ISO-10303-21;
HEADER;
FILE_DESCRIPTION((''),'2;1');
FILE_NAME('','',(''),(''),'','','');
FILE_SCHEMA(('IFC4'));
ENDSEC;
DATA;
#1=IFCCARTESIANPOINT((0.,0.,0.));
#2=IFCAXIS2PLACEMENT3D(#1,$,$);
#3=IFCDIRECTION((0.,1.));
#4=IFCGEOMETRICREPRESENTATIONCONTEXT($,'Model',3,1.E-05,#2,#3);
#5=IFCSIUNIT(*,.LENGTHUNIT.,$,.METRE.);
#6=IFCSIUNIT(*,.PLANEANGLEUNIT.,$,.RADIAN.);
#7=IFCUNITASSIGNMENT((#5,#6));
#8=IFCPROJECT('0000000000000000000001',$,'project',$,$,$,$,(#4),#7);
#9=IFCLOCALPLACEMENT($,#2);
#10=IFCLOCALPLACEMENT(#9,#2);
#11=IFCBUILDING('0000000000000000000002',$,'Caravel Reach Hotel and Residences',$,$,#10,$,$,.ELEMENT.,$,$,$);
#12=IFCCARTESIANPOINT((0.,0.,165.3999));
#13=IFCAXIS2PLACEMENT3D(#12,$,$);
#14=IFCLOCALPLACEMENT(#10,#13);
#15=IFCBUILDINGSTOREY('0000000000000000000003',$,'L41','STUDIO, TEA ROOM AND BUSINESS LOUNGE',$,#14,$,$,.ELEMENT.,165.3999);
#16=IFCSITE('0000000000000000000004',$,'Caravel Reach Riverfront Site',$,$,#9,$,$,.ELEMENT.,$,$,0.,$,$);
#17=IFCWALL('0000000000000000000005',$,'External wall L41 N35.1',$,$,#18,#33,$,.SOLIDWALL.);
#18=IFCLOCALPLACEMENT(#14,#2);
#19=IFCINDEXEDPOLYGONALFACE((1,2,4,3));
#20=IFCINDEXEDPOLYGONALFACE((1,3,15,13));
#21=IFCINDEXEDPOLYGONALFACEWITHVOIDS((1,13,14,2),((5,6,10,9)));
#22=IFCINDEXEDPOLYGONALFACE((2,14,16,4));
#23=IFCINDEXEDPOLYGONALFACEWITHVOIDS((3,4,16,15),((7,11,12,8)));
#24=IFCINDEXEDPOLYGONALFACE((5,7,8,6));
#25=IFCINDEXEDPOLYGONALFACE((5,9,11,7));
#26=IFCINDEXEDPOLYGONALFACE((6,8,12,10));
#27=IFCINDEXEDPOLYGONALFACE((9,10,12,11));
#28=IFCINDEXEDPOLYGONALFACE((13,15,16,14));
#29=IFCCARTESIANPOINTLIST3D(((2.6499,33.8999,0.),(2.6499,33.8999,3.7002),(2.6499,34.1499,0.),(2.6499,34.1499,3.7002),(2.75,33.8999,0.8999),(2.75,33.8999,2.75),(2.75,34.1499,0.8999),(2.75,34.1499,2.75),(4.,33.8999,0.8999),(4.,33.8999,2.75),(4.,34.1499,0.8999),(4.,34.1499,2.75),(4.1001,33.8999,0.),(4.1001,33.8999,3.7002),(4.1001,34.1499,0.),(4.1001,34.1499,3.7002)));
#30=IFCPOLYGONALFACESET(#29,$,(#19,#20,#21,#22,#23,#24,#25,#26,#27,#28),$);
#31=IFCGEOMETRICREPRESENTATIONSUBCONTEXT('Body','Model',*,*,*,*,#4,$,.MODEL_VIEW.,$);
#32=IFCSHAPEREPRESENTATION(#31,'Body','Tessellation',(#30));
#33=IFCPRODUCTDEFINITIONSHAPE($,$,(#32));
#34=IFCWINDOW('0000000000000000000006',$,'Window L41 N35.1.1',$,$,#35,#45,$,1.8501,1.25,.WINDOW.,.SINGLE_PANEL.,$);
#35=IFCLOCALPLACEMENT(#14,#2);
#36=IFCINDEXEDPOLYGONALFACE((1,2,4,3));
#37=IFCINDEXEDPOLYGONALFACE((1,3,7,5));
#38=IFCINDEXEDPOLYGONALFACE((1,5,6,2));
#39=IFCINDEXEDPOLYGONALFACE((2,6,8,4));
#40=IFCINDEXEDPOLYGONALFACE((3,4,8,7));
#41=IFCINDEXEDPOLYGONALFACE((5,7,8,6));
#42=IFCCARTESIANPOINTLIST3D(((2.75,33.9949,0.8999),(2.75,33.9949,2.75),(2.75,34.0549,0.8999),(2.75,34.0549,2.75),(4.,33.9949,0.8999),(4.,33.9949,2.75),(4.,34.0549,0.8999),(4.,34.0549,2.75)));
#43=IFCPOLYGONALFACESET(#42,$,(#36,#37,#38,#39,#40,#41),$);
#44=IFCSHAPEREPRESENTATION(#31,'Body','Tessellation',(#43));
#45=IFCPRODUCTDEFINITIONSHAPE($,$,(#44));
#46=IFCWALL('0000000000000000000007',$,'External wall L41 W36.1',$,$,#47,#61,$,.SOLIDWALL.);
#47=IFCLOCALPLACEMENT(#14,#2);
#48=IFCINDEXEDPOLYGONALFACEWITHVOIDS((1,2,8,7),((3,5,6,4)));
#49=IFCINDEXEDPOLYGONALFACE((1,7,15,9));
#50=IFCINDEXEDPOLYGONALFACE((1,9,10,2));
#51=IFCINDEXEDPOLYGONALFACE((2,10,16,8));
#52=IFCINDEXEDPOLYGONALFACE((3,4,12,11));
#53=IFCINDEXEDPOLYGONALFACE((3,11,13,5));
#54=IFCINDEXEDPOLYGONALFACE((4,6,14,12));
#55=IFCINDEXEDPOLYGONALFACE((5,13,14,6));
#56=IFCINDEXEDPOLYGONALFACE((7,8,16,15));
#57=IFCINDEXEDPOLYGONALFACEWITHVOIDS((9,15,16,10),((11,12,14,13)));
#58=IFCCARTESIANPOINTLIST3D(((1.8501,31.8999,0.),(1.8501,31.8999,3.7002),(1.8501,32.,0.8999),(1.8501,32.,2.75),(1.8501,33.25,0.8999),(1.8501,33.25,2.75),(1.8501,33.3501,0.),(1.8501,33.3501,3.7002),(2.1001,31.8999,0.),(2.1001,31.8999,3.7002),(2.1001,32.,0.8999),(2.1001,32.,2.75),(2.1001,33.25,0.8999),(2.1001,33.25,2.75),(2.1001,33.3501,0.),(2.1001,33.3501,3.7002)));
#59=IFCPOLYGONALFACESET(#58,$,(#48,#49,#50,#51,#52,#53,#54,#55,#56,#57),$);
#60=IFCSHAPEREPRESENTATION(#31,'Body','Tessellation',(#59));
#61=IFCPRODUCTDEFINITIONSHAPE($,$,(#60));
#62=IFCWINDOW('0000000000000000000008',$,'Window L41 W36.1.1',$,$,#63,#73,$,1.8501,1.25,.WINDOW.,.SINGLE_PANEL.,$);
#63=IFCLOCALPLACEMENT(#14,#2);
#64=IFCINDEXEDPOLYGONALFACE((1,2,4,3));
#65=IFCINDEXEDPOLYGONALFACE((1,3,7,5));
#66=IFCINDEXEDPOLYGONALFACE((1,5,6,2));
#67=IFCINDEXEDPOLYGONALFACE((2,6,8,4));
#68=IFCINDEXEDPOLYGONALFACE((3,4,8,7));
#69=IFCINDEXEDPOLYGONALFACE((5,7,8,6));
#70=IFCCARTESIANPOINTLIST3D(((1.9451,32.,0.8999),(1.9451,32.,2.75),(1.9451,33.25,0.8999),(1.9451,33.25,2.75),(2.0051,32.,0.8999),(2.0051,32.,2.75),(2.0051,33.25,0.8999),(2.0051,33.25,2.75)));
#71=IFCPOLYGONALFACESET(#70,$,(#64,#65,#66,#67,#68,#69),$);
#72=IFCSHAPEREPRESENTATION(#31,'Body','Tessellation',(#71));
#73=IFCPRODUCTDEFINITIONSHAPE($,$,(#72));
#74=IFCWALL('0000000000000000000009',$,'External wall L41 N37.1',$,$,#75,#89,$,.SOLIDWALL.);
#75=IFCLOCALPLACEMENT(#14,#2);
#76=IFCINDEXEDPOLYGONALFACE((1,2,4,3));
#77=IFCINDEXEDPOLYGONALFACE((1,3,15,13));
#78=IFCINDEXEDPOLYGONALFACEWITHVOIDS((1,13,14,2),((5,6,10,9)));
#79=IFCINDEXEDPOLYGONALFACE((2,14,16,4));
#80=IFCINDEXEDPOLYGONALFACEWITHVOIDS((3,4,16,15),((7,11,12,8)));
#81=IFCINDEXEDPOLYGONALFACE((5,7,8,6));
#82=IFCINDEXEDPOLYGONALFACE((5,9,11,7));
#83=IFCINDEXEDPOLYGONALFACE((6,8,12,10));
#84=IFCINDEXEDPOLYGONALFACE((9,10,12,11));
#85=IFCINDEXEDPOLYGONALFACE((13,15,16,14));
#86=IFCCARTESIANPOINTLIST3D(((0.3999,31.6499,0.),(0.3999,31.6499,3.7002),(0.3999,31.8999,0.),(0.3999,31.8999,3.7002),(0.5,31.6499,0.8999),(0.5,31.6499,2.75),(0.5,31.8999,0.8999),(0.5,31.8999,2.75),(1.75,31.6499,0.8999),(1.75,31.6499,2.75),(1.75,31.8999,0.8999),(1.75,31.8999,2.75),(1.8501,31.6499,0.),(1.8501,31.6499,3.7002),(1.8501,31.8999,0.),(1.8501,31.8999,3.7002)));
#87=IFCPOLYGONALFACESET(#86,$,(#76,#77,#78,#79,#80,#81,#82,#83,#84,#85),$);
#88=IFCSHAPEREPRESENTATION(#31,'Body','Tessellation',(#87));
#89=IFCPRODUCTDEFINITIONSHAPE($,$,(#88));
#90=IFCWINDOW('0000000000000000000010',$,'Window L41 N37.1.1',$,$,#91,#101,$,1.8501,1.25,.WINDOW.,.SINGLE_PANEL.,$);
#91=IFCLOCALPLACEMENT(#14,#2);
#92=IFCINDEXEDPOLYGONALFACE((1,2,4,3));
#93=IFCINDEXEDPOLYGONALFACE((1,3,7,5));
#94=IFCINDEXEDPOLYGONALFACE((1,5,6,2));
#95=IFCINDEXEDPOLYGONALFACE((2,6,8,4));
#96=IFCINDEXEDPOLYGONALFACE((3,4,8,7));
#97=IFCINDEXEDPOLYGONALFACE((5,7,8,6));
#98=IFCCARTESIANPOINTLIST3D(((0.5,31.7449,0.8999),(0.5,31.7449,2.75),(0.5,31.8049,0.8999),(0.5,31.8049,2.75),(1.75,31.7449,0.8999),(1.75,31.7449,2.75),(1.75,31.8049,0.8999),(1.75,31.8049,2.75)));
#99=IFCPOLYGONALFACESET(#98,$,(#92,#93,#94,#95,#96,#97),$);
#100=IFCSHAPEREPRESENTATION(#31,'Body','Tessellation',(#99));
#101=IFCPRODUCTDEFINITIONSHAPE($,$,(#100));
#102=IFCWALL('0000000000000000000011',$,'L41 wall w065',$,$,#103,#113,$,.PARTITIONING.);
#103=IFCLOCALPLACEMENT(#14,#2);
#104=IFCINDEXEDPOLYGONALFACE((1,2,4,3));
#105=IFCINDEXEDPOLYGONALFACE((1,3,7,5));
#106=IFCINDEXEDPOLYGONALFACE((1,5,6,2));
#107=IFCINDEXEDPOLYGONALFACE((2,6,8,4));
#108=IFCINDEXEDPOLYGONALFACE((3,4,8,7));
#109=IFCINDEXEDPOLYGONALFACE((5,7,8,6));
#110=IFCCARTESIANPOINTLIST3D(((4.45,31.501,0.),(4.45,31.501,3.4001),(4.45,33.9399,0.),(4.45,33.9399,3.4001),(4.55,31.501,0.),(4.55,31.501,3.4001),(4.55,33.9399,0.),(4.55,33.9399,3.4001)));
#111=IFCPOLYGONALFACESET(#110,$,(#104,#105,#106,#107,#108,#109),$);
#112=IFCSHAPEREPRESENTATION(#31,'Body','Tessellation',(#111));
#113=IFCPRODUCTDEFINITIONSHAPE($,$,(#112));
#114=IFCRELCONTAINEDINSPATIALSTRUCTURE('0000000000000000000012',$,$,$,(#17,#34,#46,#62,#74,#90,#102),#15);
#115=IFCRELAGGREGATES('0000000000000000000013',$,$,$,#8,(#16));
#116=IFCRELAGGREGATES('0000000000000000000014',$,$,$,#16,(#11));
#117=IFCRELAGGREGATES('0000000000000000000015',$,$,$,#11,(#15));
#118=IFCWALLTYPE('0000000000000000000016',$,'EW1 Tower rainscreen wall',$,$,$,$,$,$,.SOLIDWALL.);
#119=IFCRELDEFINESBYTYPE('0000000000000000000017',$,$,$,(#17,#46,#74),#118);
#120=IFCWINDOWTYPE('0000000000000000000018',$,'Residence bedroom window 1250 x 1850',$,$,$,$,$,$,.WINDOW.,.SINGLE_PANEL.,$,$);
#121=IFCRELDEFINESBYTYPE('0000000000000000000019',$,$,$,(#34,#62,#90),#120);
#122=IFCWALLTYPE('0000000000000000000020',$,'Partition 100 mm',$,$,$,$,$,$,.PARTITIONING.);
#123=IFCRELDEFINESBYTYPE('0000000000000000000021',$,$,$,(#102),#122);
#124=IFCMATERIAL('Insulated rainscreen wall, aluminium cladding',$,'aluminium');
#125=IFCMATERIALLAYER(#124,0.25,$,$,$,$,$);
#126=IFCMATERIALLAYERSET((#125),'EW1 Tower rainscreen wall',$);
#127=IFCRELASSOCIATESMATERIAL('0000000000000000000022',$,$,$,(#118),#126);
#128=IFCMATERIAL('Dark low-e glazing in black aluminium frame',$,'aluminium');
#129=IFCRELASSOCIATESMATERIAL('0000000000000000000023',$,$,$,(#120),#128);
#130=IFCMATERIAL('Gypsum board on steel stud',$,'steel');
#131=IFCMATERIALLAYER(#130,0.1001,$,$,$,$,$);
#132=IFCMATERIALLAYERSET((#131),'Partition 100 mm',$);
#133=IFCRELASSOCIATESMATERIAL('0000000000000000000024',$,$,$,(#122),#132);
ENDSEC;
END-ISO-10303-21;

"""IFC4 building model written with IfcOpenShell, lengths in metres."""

from ifc_helpers import new_model, si_unit, direction, frame, frame_2d, origin, place, context, subcontext, project, spatial, rectangle, extrude, material, layer, layer_set, type_object, element, fill, save


model = new_model("IFC4")

# Units and contexts
model_context = context("Model", 3, precision=1e-05, world=origin(), true_north=direction((0.0, 1.0)))
body_context = subcontext(model_context, "Body", "Model", "MODEL_VIEW")
ifc_project = project(units=[si_unit("LENGTHUNIT", "METRE"), si_unit("PLANEANGLEUNIT", "RADIAN")], contexts=[model_context])

# Site, building, storey
site_placement = place(None, origin())
site = spatial("IfcSite", under=ifc_project, at=site_placement, Name="Caravel Reach Riverfront Site", CompositionType="ELEMENT", RefElevation=0.0)
building_placement = place(site_placement, origin())
building = spatial("IfcBuilding", under=site, at=building_placement, Name="Caravel Reach Hotel and Residences", CompositionType="ELEMENT")
storey_placement = place(building_placement, frame((0.0, 0.0, 165.3999)))
storey = spatial("IfcBuildingStorey", under=building, at=storey_placement, Name="L41", Description="STUDIO, TEA ROOM AND BUSINESS LOUNGE", CompositionType="ELEMENT", Elevation=165.3999)

# Shared definitions
ifc_material_1 = material(Name="Insulated rainscreen wall, aluminium cladding", Category="aluminium")
ifc_layer_1 = layer(ifc_material_1, 0.25)
ifc_layer_set_1 = layer_set([ifc_layer_1], Name="EW1 Tower rainscreen wall")
wall_type_1 = type_object("IfcWallType", Name="EW1 Tower rainscreen wall", PredefinedType="SOLIDWALL", material=ifc_layer_set_1)

# Walls, openings, windows
wall_1_placement = place(storey_placement, frame((4.1001, 34.0249, 0.0), z_axis=(0.0, 0.0, 1.0), x_axis=(-1.0, 0.0, 0.0)))
wall_1 = element("IfcWall", 1, at=wall_1_placement, inside=storey, type_object=wall_type_1, Name="External wall L41 N35.1", PredefinedType="SOLIDWALL", context=body_context, shape_type="SweptSolid", body=[
    extrude(rectangle(XDim=1.4502, YDim=0.25, at=frame_2d((0.7251, 0.0))), origin(), (0.0, 0.0, 1.0), 3.7002),
])
opening_1_placement = place(wall_1_placement, frame((0.1001, 0.0, 0.8999)))
opening_1 = element("IfcOpeningElement", 2, at=opening_1_placement, cuts=wall_1, PredefinedType="OPENING", context=body_context, shape_type="SweptSolid", body=[
    extrude(rectangle(XDim=1.25, YDim=1.8501, at=frame_2d((0.625, 0.925))), frame((0.0, 0.135, 0.0), z_axis=(0.0, -1.0, 0.0), x_axis=(1.0, 0.0, 0.0)), (0.0, 0.0, 1.0), 0.27),
])
ifc_material_2 = material(Name="Dark low-e glazing in black aluminium frame", Category="aluminium")
window_type_1 = type_object("IfcWindowType", Name="Residence bedroom window 1250 x 1850", PartitioningType="SINGLE_PANEL", PredefinedType="WINDOW", material=ifc_material_2)
window_1_placement = place(opening_1_placement, origin())
window_1 = element("IfcWindow", 3, at=window_1_placement, inside=storey, type_object=window_type_1, Name="Window L41 N35.1.1", OverallHeight=1.8501, OverallWidth=1.25, PartitioningType="SINGLE_PANEL", PredefinedType="WINDOW", context=body_context, shape_type="SweptSolid", body=[
    extrude(rectangle(XDim=1.25, YDim=1.8501, at=frame_2d((0.625, 0.925))), frame((0.0, 0.03, 0.0), z_axis=(0.0, -1.0, 0.0), x_axis=(1.0, 0.0, 0.0)), (0.0, 0.0, 1.0), 0.0601),
])
fill(opening_1, window_1)
wall_2_placement = place(storey_placement, frame((1.9751, 33.3501, 0.0), z_axis=(0.0, 0.0, 1.0), x_axis=(0.0, -1.0, 0.0)))
wall_2 = element("IfcWall", 4, at=wall_2_placement, inside=storey, type_object=wall_type_1, Name="External wall L41 W36.1", PredefinedType="SOLIDWALL", context=body_context, shape_type="SweptSolid", body=[
    extrude(rectangle(XDim=1.4502, YDim=0.25, at=frame_2d((0.7251, 0.0))), origin(), (0.0, 0.0, 1.0), 3.7002),
])
opening_2_placement = place(wall_2_placement, frame((0.1001, 0.0, 0.8999)))
opening_2 = element("IfcOpeningElement", 5, at=opening_2_placement, cuts=wall_2, PredefinedType="OPENING", context=body_context, shape_type="SweptSolid", body=[
    extrude(rectangle(XDim=1.25, YDim=1.8501, at=frame_2d((0.625, 0.925))), frame((0.0, 0.135, 0.0), z_axis=(0.0, -1.0, 0.0), x_axis=(1.0, 0.0, 0.0)), (0.0, 0.0, 1.0), 0.27),
])
window_2_placement = place(opening_2_placement, origin())
window_2 = element("IfcWindow", 6, at=window_2_placement, inside=storey, type_object=window_type_1, Name="Window L41 W36.1.1", OverallHeight=1.8501, OverallWidth=1.25, PartitioningType="SINGLE_PANEL", PredefinedType="WINDOW", context=body_context, shape_type="SweptSolid", body=[
    extrude(rectangle(XDim=1.25, YDim=1.8501, at=frame_2d((0.625, 0.925))), frame((0.0, 0.03, 0.0), z_axis=(0.0, -1.0, 0.0), x_axis=(1.0, 0.0, 0.0)), (0.0, 0.0, 1.0), 0.0601),
])
fill(opening_2, window_2)
wall_3_placement = place(storey_placement, frame((1.8501, 31.7749, 0.0), z_axis=(0.0, 0.0, 1.0), x_axis=(-1.0, 0.0, 0.0)))
wall_3 = element("IfcWall", 7, at=wall_3_placement, inside=storey, type_object=wall_type_1, Name="External wall L41 N37.1", PredefinedType="SOLIDWALL", context=body_context, shape_type="SweptSolid", body=[
    extrude(rectangle(XDim=1.4502, YDim=0.25, at=frame_2d((0.7251, 0.0))), origin(), (0.0, 0.0, 1.0), 3.7002),
])
opening_3_placement = place(wall_3_placement, frame((0.1001, 0.0, 0.8999)))
opening_3 = element("IfcOpeningElement", 8, at=opening_3_placement, cuts=wall_3, PredefinedType="OPENING", context=body_context, shape_type="SweptSolid", body=[
    extrude(rectangle(XDim=1.25, YDim=1.8501, at=frame_2d((0.625, 0.925))), frame((0.0, 0.135, 0.0), z_axis=(0.0, -1.0, 0.0), x_axis=(1.0, 0.0, 0.0)), (0.0, 0.0, 1.0), 0.27),
])
window_3_placement = place(opening_3_placement, origin())
window_3 = element("IfcWindow", 9, at=window_3_placement, inside=storey, type_object=window_type_1, Name="Window L41 N37.1.1", OverallHeight=1.8501, OverallWidth=1.25, PartitioningType="SINGLE_PANEL", PredefinedType="WINDOW", context=body_context, shape_type="SweptSolid", body=[
    extrude(rectangle(XDim=1.25, YDim=1.8501, at=frame_2d((0.625, 0.925))), frame((0.0, 0.03, 0.0), z_axis=(0.0, -1.0, 0.0), x_axis=(1.0, 0.0, 0.0)), (0.0, 0.0, 1.0), 0.0601),
])
fill(opening_3, window_3)

# Wall
ifc_material_3 = material(Name="Gypsum board on steel stud", Category="steel")
ifc_layer_2 = layer(ifc_material_3, 0.1001)
ifc_layer_set_2 = layer_set([ifc_layer_2], Name="Partition 100 mm")
wall_type_2 = type_object("IfcWallType", Name="Partition 100 mm", PredefinedType="PARTITIONING", material=ifc_layer_set_2)
wall_4_placement = place(storey_placement, frame((4.5, 31.501, 0.0), z_axis=(0.0, 0.0, 1.0), x_axis=(0.0, 1.0, 0.0)))
element("IfcWall", 10, at=wall_4_placement, inside=storey, type_object=wall_type_2, Name="L41 wall w065", PredefinedType="PARTITIONING", context=body_context, shape_type="SweptSolid", body=[
    extrude(rectangle(XDim=2.439, YDim=0.1001, at=frame_2d((1.2195, 0.0))), origin(), (0.0, 0.0, 1.0), 3.4001),
])

save(model, "model.ifc")
